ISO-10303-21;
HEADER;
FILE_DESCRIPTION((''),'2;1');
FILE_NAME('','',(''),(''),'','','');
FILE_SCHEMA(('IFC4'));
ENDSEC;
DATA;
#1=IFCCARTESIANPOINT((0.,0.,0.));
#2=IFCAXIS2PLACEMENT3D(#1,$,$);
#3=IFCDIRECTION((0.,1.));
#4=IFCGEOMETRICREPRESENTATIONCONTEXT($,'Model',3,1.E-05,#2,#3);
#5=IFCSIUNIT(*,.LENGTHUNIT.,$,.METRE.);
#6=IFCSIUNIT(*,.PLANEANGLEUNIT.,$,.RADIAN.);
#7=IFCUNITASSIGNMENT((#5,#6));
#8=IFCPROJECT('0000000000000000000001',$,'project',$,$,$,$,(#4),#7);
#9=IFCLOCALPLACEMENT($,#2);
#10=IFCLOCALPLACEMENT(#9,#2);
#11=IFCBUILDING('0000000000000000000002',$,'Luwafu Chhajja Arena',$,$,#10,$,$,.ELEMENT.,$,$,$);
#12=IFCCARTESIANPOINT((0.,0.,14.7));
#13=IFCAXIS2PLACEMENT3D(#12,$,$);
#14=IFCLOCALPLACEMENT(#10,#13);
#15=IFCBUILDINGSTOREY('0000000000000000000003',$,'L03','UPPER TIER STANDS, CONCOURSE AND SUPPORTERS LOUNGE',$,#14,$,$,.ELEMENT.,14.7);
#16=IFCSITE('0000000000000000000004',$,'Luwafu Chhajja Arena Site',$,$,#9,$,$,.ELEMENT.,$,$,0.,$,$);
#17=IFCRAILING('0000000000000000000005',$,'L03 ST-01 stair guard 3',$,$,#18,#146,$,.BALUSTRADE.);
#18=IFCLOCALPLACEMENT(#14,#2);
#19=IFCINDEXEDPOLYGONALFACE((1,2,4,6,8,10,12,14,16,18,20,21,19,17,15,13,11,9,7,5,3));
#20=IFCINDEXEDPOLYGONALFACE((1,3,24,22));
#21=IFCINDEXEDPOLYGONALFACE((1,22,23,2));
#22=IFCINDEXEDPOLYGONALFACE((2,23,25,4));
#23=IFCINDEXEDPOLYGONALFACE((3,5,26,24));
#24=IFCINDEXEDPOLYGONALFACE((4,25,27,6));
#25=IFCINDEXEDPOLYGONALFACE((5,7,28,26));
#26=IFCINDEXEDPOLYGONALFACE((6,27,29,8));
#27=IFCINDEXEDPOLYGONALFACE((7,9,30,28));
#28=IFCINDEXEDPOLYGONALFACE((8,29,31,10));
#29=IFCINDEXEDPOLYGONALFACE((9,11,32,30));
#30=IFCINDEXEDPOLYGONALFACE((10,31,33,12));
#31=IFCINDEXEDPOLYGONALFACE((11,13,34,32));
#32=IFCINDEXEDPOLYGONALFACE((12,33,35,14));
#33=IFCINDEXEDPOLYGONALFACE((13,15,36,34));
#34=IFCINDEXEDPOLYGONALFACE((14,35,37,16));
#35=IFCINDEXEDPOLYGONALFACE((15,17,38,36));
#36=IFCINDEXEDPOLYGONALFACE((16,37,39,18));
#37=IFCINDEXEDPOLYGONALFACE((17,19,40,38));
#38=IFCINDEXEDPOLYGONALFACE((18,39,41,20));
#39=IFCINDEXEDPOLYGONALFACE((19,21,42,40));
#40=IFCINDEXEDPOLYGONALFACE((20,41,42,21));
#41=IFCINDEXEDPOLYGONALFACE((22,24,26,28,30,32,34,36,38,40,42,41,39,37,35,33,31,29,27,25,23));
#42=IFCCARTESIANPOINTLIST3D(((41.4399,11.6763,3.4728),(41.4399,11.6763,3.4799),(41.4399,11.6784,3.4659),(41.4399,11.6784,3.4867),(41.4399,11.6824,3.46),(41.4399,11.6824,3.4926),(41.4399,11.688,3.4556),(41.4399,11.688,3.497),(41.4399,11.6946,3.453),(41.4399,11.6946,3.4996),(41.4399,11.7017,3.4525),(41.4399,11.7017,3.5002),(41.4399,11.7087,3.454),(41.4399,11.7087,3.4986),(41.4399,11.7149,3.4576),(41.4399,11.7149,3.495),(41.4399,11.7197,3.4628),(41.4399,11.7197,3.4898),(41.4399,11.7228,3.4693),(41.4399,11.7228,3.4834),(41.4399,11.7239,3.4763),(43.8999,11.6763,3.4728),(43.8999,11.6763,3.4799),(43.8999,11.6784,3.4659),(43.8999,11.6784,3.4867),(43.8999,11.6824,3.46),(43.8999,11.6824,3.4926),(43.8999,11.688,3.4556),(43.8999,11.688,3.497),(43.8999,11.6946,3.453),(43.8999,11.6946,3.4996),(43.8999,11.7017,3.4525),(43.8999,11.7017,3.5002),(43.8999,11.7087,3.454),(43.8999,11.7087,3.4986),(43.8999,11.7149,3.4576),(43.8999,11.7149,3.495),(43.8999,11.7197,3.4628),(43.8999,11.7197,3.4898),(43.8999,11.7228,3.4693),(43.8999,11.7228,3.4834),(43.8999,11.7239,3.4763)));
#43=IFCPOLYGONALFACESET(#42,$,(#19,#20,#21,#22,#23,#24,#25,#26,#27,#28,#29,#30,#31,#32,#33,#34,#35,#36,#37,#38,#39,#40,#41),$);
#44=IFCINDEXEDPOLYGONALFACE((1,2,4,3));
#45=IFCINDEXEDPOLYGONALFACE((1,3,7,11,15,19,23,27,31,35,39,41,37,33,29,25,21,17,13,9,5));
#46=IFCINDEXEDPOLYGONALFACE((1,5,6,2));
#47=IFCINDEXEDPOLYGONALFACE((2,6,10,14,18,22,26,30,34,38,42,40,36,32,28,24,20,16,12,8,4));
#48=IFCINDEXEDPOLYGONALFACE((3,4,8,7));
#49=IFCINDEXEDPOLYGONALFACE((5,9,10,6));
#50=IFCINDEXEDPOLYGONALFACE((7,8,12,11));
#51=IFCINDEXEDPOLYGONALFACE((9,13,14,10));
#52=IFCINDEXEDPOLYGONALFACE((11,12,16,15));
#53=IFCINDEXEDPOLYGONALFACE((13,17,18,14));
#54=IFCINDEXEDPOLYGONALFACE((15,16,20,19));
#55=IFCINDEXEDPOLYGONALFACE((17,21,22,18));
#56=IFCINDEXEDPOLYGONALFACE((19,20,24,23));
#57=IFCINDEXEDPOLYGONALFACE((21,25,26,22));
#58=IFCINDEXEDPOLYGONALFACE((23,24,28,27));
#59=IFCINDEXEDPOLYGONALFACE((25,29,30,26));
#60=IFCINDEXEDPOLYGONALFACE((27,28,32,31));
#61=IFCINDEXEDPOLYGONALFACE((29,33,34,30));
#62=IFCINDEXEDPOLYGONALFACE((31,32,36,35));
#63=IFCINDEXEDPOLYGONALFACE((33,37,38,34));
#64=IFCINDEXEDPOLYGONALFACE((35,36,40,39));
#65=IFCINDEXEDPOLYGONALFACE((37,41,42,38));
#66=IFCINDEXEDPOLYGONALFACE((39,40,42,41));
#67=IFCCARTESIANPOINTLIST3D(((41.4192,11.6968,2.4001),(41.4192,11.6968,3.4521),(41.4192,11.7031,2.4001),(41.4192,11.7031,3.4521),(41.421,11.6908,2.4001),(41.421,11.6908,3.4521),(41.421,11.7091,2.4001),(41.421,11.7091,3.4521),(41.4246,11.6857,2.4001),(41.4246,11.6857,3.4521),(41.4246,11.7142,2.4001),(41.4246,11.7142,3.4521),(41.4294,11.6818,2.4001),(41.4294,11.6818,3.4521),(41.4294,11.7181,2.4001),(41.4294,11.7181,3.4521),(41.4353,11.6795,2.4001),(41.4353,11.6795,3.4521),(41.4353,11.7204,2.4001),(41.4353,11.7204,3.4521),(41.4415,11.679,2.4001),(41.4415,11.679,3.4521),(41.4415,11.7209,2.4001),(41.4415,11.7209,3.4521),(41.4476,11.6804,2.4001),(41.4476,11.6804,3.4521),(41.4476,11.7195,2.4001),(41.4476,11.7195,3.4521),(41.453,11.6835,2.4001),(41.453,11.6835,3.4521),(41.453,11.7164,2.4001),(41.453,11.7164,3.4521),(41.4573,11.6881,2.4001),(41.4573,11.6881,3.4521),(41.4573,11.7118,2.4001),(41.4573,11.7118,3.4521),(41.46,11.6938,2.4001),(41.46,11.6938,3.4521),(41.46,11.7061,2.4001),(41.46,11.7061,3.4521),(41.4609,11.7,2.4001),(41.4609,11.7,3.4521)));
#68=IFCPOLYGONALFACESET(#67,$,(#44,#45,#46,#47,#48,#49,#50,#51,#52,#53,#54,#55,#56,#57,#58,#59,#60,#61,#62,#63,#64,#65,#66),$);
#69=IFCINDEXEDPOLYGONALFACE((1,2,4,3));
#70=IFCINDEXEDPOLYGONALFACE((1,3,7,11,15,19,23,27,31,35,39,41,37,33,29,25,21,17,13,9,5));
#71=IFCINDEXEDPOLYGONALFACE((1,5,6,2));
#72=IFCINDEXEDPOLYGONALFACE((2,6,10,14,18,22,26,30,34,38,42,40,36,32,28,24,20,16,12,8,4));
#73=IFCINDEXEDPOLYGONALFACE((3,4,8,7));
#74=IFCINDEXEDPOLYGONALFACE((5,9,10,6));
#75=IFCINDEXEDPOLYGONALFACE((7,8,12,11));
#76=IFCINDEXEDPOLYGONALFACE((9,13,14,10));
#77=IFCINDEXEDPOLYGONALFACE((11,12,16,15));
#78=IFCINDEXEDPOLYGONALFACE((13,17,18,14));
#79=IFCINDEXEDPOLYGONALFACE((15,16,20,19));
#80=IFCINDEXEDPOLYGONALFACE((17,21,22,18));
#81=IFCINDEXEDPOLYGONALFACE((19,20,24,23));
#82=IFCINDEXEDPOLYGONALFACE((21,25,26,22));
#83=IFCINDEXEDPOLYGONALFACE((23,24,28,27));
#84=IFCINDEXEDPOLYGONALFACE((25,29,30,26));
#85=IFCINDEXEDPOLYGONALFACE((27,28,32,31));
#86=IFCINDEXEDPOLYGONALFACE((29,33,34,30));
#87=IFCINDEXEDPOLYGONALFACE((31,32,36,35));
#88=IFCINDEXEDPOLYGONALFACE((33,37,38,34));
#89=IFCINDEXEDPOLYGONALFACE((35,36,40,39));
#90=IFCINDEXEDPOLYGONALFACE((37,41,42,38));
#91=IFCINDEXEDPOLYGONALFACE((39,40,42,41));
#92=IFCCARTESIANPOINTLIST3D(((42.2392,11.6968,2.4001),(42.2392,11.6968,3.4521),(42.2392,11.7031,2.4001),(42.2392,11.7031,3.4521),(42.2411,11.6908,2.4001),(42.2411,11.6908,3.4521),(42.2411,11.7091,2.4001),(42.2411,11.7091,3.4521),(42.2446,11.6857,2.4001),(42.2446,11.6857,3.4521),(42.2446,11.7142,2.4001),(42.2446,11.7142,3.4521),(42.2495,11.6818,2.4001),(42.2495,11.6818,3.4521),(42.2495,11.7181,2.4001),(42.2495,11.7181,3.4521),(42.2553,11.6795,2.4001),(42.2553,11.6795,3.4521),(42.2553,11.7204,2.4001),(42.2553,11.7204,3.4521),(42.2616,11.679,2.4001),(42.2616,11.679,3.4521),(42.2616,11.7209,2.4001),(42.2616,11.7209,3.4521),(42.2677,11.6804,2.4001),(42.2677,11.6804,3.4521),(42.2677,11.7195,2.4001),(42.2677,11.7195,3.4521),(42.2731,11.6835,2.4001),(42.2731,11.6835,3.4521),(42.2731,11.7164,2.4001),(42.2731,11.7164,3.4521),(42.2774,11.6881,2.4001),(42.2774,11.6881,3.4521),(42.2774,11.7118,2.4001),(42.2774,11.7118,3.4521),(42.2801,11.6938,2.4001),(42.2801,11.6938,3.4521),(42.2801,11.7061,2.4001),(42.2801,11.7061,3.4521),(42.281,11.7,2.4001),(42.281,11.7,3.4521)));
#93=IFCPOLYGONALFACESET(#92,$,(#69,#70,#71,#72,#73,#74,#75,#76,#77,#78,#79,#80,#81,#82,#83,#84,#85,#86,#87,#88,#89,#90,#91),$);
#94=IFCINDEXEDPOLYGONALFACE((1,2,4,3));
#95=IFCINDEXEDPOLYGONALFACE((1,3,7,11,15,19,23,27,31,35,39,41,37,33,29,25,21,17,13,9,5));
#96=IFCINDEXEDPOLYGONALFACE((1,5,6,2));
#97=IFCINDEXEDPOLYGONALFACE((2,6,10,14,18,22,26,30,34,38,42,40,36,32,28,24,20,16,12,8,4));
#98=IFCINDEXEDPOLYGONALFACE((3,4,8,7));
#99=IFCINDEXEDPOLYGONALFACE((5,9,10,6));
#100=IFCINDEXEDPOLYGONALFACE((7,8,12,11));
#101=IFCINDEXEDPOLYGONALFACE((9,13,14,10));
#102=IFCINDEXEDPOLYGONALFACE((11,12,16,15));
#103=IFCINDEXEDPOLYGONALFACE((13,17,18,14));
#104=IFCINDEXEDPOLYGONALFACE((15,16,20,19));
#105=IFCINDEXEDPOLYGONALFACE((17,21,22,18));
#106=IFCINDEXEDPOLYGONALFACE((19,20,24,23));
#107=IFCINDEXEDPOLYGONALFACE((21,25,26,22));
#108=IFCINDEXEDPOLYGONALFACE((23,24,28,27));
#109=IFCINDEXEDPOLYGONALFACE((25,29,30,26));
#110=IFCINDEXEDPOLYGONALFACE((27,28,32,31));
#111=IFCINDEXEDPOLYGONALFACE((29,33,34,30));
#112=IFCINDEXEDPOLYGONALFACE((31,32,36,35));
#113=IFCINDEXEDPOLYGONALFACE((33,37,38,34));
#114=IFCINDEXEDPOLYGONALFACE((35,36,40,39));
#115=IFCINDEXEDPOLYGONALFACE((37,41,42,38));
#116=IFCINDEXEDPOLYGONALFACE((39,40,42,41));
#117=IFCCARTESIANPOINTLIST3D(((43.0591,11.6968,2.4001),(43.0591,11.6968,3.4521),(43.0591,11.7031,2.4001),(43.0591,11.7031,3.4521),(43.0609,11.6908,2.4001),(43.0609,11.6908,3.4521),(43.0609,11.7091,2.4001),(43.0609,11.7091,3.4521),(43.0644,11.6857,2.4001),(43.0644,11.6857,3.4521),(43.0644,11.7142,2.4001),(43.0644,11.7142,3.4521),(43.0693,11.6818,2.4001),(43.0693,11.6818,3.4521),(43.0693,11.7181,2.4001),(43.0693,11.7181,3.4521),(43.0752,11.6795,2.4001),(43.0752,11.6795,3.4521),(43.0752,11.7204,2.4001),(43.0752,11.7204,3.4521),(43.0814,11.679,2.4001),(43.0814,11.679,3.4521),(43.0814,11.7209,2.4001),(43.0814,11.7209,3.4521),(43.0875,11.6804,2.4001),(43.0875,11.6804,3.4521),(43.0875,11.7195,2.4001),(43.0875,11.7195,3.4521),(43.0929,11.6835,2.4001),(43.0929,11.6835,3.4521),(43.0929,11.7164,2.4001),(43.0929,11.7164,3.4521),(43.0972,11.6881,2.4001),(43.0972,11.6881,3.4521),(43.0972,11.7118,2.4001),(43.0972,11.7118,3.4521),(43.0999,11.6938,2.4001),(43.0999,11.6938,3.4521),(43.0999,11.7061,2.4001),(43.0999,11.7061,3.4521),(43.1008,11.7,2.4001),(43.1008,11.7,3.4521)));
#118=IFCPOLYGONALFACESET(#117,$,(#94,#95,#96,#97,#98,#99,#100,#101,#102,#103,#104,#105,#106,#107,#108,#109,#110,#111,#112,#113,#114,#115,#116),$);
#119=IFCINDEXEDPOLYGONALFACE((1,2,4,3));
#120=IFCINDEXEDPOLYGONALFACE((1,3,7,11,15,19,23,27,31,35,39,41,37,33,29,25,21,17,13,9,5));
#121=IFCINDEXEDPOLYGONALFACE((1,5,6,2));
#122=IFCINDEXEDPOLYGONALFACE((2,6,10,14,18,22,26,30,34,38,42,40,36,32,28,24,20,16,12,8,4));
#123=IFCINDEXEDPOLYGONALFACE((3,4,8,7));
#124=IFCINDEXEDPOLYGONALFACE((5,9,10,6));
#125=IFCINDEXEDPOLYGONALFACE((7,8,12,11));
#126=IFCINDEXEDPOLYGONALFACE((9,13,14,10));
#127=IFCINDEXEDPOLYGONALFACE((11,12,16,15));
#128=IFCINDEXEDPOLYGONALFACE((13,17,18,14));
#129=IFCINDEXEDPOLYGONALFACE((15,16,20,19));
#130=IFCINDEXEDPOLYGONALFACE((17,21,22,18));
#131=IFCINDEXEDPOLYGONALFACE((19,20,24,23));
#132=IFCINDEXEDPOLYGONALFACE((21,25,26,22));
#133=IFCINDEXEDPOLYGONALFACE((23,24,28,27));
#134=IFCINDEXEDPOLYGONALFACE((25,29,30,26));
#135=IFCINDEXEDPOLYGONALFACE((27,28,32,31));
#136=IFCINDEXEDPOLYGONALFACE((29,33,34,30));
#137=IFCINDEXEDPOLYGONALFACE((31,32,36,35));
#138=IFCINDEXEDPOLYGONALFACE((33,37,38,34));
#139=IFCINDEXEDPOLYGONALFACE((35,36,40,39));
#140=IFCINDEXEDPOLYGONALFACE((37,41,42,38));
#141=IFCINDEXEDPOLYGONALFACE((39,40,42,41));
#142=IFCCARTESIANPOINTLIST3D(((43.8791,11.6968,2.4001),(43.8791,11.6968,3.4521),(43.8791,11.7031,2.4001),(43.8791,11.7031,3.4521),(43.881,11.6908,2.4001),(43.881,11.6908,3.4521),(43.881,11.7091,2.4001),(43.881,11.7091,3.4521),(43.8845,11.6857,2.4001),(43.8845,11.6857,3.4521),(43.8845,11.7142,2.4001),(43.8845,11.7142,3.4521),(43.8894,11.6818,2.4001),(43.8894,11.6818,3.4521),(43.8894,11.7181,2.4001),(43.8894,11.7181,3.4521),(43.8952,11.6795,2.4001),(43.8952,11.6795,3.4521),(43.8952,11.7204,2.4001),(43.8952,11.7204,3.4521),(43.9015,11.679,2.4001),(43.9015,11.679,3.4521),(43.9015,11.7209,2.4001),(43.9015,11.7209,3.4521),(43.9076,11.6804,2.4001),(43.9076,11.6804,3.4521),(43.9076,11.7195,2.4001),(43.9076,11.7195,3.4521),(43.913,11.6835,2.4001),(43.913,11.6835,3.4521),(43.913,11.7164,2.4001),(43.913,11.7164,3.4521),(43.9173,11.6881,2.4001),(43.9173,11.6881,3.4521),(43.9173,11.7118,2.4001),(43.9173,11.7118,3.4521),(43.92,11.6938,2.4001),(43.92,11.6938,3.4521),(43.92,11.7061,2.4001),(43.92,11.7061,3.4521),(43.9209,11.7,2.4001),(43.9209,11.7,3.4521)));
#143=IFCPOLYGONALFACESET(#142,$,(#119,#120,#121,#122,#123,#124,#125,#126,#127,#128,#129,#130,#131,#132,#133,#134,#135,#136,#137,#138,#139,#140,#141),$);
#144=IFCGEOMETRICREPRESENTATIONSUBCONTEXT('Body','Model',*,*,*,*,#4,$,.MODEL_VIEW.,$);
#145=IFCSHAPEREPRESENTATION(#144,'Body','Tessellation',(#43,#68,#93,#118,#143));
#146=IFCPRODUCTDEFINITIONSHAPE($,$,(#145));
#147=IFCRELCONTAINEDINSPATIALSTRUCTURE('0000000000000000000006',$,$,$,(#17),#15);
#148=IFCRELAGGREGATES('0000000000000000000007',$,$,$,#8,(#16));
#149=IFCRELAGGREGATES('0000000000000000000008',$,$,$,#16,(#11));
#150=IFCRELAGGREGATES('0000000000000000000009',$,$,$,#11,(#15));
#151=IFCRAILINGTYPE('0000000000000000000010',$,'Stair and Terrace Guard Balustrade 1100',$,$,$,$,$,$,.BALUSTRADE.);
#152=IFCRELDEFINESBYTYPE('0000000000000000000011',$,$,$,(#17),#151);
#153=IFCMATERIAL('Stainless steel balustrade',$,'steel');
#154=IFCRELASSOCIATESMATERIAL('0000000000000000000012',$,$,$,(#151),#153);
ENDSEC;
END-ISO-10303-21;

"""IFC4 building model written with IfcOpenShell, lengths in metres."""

from ifc_helpers import new_model, si_unit, direction, frame, origin, origin_2d, place, context, subcontext, project, spatial, circle, extrude, material, type_object, element, save


model = new_model("IFC4")

# Units and contexts
model_context = context("Model", 3, precision=1e-05, world=origin(), true_north=direction((0.0, 1.0)))
body_context = subcontext(model_context, "Body", "Model", "MODEL_VIEW")
ifc_project = project(units=[si_unit("LENGTHUNIT", "METRE"), si_unit("PLANEANGLEUNIT", "RADIAN")], contexts=[model_context])

# Site, building, storey
site_placement = place(None, origin())
site = spatial("IfcSite", under=ifc_project, at=site_placement, Name="Luwafu Chhajja Arena Site", CompositionType="ELEMENT", RefElevation=0.0)
building_placement = place(site_placement, origin())
building = spatial("IfcBuilding", under=site, at=building_placement, Name="Luwafu Chhajja Arena", CompositionType="ELEMENT")
storey_placement = place(building_placement, frame((0.0, 0.0, 14.7)))
storey = spatial("IfcBuildingStorey", under=building, at=storey_placement, Name="L03", Description="UPPER TIER STANDS, CONCOURSE AND SUPPORTERS LOUNGE", CompositionType="ELEMENT", Elevation=14.7)

# Railing
ifc_material_1 = material(Name="Stainless steel balustrade", Category="steel")
railing_type_1 = type_object("IfcRailingType", Name="Stair and Terrace Guard Balustrade 1100", PredefinedType="BALUSTRADE", material=ifc_material_1)
for number, where, name in (
    (1, (41.4399, 11.7, 2.4001), "L03 ST-01 stair guard 3"),
):
    element("IfcRailing", number, at=place(storey_placement, frame(where)), inside=storey, type_object=railing_type_1, Name=name, PredefinedType="BALUSTRADE", context=body_context, shape_type="SweptSolid", body=[
        extrude(circle(Radius=0.0239, at=origin_2d()), frame((0.0, 0.0, 1.0762), z_axis=(1.0, 0.0, 0.0), x_axis=(0.0, 1.0, 0.0)), (0.0, 0.0, 1.0), 2.46),
        extrude(circle(Radius=0.021, at=origin_2d()), origin(), (0.0, 0.0, 1.0), 1.052),
        extrude(circle(Radius=0.021, at=origin_2d()), frame((0.8201, 0.0, 0.0)), (0.0, 0.0, 1.0), 1.052),
        extrude(circle(Radius=0.021, at=origin_2d()), frame((1.6399, 0.0, 0.0)), (0.0, 0.0, 1.0), 1.052),
        extrude(circle(Radius=0.021, at=origin_2d()), frame((2.46, 0.0, 0.0)), (0.0, 0.0, 1.0), 1.052),
    ])

save(model, "model.ifc")
